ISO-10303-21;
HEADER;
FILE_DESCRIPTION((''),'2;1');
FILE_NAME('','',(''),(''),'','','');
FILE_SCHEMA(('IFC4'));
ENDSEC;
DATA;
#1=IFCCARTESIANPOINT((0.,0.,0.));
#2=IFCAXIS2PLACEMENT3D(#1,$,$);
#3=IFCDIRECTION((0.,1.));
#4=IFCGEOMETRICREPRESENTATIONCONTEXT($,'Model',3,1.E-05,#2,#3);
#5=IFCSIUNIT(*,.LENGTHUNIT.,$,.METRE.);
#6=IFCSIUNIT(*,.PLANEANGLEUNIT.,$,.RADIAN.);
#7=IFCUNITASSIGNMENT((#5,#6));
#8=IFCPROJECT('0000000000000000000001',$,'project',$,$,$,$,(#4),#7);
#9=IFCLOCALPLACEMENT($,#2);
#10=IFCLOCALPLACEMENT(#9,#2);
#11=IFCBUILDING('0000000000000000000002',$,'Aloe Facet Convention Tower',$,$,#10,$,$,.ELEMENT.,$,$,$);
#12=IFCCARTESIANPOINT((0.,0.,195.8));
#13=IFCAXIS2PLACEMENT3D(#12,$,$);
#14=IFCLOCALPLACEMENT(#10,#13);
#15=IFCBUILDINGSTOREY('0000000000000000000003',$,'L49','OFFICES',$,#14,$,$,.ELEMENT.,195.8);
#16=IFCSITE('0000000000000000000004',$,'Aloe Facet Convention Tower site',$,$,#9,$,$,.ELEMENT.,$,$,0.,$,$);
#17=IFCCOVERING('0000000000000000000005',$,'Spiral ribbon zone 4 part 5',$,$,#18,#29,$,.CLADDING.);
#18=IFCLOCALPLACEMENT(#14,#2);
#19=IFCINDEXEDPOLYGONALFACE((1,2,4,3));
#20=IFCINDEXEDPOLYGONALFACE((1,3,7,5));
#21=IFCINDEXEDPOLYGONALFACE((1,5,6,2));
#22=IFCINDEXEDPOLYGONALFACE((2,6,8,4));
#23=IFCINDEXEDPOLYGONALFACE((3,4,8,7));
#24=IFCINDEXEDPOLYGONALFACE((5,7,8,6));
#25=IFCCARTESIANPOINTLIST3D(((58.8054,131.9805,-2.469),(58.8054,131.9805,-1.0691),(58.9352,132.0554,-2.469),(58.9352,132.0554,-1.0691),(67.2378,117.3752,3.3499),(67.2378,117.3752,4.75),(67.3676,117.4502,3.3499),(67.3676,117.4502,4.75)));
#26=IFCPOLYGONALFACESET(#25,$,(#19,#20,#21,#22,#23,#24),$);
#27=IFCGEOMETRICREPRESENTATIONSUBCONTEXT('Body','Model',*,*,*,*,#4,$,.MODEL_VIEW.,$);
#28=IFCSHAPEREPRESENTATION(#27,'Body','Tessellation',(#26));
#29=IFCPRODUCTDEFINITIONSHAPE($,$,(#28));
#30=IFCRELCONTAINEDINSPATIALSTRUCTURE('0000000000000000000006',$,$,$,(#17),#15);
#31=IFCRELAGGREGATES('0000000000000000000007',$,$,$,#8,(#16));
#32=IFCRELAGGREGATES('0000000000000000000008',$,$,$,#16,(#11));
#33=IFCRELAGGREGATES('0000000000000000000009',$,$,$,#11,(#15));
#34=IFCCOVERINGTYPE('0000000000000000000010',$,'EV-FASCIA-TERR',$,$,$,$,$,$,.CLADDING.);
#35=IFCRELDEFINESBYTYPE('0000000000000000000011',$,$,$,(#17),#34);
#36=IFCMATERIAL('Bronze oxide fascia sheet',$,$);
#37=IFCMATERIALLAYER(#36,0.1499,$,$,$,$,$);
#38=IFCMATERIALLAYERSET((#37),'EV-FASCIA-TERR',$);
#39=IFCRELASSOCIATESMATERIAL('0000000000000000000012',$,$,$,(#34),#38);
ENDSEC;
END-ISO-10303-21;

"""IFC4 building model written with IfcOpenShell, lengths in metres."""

from ifc_helpers import new_model, si_unit, direction, frame, origin, place, context, subcontext, project, spatial, polyline, outline, extrude, material, layer, layer_set, type_object, element, save


model = new_model("IFC4")

# Units and contexts
model_context = context("Model", 3, precision=1e-05, world=origin(), true_north=direction((0.0, 1.0)))
body_context = subcontext(model_context, "Body", "Model", "MODEL_VIEW")
ifc_project = project(units=[si_unit("LENGTHUNIT", "METRE"), si_unit("PLANEANGLEUNIT", "RADIAN")], contexts=[model_context])

# Site, building, storey
site_placement = place(None, origin())
site = spatial("IfcSite", under=ifc_project, at=site_placement, Name="Aloe Facet Convention Tower site", CompositionType="ELEMENT", RefElevation=0.0)
building_placement = place(site_placement, origin())
building = spatial("IfcBuilding", under=site, at=building_placement, Name="Aloe Facet Convention Tower", CompositionType="ELEMENT")
storey_placement = place(building_placement, frame((0.0, 0.0, 195.8)))
storey = spatial("IfcBuildingStorey", under=building, at=storey_placement, Name="L49", Description="OFFICES", CompositionType="ELEMENT", Elevation=195.8)

# Covering
ifc_material_1 = material(Name="Bronze oxide fascia sheet")
ifc_layer_1 = layer(ifc_material_1, 0.1499)
ifc_layer_set_1 = layer_set([ifc_layer_1], Name="EV-FASCIA-TERR")
covering_type = type_object("IfcCoveringType", Name="EV-FASCIA-TERR", PredefinedType="CLADDING", material=ifc_layer_set_1)
covering_placement = place(storey_placement, frame((58.8054, 131.9805, -2.469), z_axis=(-0.866024, -0.500002, 0.0), x_axis=(0.472659, -0.818665, 0.326163)))
element("IfcCovering", 1, at=covering_placement, inside=storey, type_object=covering_type, Name="Spiral ribbon zone 4 part 5", PredefinedType="CLADDING", context=body_context, shape_type="SweptSolid", body=[
    extrude(outline(polyline([(0.0, 0.0), (17.8403, 0.0), (18.297, 1.3236), (0.4566, 1.3233), (0.0, 0.0)])), origin(), (0.0, 0.0, -1.0), 0.1499),
])

save(model, "model.ifc")
